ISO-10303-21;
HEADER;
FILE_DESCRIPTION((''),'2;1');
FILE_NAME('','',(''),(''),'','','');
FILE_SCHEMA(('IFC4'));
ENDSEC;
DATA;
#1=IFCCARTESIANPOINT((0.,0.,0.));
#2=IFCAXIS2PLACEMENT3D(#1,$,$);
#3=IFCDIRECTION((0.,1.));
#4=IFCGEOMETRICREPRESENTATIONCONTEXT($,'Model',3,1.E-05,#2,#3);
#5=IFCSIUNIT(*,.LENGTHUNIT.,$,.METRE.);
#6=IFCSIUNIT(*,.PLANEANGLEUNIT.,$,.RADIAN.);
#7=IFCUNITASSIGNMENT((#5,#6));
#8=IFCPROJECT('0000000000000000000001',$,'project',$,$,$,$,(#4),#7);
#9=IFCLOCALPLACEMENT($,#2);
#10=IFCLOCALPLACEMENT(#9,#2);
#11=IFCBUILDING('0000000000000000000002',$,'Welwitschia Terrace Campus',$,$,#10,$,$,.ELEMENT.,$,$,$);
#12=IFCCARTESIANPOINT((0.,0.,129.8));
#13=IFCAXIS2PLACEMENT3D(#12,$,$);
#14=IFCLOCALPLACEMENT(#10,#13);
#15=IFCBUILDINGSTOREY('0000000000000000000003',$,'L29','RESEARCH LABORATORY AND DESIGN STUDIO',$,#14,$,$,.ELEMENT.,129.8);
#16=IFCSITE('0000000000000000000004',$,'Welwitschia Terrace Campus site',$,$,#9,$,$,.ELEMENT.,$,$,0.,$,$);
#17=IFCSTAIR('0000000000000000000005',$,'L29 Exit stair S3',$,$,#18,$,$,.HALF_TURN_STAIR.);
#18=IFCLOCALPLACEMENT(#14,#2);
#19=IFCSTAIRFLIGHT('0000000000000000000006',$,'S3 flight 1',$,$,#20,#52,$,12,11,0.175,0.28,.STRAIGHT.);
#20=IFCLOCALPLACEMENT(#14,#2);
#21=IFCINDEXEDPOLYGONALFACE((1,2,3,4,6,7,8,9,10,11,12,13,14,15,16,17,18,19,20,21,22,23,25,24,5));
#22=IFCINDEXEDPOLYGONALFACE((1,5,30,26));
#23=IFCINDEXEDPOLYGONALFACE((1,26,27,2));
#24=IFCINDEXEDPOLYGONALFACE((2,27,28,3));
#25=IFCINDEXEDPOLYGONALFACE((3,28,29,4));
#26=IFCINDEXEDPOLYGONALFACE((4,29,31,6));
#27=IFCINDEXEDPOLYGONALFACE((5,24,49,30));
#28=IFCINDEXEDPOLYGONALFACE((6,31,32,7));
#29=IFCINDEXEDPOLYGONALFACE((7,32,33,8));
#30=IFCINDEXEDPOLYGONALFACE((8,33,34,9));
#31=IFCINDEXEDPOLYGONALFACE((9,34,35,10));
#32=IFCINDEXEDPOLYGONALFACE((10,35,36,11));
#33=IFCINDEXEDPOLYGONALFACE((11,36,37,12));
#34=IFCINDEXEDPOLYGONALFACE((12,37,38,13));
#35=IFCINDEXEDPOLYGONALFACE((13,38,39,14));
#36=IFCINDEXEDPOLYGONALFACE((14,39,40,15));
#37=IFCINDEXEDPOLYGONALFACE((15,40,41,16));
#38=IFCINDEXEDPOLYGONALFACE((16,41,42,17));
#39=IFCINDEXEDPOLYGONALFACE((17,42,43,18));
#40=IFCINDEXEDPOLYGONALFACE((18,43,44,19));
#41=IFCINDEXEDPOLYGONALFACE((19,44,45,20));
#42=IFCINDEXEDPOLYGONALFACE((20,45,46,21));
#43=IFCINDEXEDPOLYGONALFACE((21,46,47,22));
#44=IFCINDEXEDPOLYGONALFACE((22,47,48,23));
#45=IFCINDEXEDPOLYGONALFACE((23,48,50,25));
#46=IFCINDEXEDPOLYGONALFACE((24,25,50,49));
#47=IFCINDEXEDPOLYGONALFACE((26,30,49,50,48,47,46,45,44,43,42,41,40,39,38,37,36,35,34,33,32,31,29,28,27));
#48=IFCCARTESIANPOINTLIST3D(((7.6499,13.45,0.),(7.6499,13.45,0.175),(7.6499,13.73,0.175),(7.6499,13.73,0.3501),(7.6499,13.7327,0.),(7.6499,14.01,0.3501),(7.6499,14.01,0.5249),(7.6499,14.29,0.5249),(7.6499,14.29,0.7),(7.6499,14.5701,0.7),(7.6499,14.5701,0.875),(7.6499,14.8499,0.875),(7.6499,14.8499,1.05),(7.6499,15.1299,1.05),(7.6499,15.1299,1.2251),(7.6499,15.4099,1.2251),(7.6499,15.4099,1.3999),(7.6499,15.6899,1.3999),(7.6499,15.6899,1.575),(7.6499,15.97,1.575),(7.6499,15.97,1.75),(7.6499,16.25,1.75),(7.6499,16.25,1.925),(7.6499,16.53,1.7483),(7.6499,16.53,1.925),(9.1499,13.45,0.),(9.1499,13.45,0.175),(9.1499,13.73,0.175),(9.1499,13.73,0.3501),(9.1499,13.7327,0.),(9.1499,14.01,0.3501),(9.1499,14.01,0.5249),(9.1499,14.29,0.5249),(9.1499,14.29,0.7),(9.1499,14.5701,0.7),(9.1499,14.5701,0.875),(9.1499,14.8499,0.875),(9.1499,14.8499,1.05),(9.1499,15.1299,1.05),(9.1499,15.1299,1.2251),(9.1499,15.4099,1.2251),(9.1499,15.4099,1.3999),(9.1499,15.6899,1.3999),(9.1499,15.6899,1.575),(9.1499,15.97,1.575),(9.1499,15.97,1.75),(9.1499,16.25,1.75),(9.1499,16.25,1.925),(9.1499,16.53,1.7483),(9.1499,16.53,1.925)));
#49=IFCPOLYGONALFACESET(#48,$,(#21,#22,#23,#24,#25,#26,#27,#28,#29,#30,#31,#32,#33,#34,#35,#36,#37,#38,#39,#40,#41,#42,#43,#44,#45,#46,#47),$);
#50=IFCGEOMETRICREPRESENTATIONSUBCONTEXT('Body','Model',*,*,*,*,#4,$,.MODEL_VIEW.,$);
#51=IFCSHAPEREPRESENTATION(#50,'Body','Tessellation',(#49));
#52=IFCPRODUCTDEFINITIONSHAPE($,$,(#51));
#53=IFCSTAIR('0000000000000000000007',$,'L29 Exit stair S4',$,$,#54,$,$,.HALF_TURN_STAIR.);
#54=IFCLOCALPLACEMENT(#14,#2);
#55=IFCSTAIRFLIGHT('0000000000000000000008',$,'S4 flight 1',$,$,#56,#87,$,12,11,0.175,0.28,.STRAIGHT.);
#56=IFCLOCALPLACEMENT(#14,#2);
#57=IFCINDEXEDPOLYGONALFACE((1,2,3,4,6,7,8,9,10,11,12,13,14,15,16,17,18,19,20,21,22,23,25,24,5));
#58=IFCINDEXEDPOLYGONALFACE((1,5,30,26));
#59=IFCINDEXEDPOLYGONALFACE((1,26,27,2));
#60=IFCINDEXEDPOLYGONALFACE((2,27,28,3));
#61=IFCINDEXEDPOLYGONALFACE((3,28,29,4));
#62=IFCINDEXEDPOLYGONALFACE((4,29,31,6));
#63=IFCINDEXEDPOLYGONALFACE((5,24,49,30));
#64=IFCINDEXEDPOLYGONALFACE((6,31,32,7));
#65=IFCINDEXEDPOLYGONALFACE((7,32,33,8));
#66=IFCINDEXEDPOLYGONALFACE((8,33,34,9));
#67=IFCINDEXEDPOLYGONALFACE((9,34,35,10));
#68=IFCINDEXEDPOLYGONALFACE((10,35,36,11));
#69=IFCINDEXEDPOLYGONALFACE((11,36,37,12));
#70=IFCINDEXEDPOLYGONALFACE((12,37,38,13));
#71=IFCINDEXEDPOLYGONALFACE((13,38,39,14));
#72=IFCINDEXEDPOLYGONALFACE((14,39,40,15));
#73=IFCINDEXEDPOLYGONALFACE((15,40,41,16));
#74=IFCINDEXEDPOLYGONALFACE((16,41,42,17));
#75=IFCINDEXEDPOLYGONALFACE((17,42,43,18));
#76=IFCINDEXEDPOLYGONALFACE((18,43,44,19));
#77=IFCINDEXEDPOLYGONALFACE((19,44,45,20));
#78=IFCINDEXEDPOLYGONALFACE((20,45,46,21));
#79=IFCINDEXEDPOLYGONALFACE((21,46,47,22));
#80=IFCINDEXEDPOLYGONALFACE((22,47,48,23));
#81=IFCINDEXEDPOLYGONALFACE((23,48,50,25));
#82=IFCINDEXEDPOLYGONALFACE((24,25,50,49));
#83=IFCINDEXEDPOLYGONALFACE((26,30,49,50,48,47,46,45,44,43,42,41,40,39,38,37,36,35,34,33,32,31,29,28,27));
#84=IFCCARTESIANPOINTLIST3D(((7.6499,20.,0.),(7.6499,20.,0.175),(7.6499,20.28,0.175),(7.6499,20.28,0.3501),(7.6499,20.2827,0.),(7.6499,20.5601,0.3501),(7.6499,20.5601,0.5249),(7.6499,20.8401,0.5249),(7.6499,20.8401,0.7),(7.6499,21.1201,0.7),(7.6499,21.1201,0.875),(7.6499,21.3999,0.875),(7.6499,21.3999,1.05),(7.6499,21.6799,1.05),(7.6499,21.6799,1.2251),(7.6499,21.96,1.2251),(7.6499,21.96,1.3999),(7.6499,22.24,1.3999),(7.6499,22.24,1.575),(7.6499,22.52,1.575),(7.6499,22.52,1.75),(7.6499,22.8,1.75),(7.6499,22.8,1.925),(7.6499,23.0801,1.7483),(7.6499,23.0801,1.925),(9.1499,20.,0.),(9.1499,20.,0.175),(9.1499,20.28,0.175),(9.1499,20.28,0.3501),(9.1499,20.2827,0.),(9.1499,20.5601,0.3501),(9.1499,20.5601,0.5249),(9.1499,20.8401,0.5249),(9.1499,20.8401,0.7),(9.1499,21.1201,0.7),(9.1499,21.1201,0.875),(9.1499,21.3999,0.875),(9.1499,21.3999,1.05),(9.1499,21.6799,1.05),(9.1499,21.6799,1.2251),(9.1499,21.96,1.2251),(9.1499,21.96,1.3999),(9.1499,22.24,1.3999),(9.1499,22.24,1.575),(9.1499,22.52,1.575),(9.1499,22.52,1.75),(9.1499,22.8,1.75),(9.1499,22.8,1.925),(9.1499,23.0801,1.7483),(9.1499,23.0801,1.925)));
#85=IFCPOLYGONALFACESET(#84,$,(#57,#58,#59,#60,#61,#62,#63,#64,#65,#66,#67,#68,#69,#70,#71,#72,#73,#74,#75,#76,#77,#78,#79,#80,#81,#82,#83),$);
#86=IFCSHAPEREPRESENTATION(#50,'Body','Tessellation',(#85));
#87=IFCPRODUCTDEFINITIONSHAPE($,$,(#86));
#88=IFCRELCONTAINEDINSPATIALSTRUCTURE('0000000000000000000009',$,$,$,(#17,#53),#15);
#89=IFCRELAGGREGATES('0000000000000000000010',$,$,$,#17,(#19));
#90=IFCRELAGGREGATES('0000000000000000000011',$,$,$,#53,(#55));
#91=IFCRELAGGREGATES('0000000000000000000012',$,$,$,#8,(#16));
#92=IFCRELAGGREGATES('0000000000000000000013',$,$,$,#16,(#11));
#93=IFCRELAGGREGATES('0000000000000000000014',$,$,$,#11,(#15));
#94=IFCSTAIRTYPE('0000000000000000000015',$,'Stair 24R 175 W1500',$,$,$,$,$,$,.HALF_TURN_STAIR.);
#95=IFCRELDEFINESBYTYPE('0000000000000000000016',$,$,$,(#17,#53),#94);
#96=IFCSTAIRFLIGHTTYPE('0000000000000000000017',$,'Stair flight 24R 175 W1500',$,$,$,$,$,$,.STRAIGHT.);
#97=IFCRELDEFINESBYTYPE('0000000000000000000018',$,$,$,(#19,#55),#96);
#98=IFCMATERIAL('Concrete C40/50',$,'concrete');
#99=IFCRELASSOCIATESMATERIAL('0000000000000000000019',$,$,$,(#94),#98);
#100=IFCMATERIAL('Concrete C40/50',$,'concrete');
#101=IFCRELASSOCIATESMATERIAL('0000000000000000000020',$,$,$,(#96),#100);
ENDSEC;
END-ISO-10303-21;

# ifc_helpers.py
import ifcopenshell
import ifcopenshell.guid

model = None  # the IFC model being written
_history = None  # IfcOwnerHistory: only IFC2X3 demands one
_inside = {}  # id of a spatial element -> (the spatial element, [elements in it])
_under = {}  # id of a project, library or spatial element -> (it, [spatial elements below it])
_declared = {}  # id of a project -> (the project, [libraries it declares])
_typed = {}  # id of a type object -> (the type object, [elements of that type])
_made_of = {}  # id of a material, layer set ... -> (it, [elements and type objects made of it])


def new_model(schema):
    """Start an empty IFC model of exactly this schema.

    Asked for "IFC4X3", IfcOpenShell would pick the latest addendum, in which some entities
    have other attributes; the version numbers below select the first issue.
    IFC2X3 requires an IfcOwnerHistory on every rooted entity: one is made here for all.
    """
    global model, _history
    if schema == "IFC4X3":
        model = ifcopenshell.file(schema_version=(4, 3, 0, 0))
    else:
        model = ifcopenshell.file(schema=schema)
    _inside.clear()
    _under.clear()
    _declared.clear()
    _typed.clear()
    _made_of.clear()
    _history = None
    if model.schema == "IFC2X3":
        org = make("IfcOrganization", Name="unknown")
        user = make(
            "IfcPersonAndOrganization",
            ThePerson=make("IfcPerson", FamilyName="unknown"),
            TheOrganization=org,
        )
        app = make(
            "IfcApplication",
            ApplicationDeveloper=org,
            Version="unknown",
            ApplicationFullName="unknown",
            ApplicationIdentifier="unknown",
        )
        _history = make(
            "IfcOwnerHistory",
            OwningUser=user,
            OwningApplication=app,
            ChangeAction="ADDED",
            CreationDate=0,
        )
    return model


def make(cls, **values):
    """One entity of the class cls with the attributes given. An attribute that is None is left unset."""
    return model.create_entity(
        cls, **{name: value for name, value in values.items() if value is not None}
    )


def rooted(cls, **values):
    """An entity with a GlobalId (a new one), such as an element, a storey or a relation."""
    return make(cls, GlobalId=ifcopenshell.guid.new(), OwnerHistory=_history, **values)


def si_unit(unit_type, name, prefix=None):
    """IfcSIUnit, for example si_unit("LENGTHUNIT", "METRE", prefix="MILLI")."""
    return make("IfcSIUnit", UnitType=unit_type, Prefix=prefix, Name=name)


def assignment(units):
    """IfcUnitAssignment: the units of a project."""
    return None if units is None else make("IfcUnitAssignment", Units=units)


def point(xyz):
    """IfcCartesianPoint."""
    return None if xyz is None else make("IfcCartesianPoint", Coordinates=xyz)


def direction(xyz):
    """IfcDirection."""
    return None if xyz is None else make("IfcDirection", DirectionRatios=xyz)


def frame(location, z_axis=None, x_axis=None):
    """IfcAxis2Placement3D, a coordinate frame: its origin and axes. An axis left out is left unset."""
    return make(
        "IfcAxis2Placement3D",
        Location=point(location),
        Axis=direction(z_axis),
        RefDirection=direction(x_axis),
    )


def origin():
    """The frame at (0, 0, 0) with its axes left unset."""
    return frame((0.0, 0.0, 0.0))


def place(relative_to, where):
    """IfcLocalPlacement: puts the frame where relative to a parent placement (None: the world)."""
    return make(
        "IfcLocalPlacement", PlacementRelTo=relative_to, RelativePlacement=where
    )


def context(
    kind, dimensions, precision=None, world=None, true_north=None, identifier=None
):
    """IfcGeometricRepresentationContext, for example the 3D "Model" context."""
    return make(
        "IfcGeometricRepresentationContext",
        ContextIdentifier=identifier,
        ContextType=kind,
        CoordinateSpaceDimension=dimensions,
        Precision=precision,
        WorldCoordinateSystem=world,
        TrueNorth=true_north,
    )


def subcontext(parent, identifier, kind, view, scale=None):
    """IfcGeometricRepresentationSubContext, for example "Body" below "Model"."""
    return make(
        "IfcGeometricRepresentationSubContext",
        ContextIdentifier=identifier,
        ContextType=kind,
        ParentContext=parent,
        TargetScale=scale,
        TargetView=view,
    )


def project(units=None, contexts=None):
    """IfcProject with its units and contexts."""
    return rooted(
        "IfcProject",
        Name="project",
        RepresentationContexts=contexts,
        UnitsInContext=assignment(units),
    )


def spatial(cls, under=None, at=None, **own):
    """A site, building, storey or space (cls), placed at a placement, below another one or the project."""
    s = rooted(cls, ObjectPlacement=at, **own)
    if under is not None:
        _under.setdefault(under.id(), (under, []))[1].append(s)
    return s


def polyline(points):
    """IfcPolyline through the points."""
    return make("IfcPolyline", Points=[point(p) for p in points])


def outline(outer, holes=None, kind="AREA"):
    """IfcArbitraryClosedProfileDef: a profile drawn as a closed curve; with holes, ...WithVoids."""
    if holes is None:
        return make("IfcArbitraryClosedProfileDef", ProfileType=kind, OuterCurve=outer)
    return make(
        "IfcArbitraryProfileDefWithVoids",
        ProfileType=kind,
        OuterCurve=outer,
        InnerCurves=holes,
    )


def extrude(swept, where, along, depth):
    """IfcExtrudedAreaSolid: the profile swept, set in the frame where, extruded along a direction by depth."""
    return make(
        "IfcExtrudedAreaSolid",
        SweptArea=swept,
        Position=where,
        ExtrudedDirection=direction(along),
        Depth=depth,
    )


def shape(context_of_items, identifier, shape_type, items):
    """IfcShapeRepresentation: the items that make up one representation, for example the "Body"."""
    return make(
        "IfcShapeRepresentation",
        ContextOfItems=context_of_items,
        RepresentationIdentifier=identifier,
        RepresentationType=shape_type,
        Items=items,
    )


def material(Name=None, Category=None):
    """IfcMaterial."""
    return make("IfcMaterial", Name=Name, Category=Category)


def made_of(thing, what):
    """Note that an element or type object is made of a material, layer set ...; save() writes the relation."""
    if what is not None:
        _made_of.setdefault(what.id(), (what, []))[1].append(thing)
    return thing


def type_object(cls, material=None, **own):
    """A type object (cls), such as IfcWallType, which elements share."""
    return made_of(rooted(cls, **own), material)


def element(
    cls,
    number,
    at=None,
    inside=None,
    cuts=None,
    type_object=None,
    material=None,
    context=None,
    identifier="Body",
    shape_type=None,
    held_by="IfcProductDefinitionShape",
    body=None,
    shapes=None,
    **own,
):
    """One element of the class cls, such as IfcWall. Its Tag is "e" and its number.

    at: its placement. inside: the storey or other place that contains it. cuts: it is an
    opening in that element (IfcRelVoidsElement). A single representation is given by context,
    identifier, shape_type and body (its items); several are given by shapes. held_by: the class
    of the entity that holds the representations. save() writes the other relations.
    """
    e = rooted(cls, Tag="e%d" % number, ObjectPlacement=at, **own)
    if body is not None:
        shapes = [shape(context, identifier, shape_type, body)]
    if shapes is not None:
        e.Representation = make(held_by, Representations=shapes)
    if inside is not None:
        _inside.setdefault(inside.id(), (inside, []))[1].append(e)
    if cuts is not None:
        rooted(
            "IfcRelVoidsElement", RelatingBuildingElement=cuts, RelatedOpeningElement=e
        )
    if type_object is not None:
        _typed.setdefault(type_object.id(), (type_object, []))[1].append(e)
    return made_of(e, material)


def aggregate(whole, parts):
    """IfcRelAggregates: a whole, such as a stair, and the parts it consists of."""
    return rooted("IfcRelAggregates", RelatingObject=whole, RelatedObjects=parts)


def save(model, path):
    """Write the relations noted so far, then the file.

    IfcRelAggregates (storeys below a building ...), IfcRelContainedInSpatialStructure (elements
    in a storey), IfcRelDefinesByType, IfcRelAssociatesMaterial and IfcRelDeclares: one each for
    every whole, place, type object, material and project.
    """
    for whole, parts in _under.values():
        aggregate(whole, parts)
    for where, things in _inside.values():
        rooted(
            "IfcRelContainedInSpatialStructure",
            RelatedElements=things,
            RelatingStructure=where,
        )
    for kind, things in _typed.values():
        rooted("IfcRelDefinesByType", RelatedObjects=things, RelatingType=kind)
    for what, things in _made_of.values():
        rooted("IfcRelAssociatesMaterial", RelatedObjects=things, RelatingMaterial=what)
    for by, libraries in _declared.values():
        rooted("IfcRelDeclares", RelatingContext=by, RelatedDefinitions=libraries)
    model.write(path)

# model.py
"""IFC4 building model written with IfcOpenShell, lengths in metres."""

from ifc_helpers import new_model, si_unit, direction, frame, origin, place, context, subcontext, project, spatial, polyline, outline, extrude, material, type_object, element, aggregate, save


model = new_model("IFC4")

# Units and contexts
model_context = context("Model", 3, precision=1e-05, world=origin(), true_north=direction((0.0, 1.0)))
body_context = subcontext(model_context, "Body", "Model", "MODEL_VIEW")
ifc_project = project(units=[si_unit("LENGTHUNIT", "METRE"), si_unit("PLANEANGLEUNIT", "RADIAN")], contexts=[model_context])

# Site, building, storey
site_placement = place(None, origin())
site = spatial("IfcSite", under=ifc_project, at=site_placement, Name="Welwitschia Terrace Campus site", CompositionType="ELEMENT", RefElevation=0.0)
building_placement = place(site_placement, origin())
building = spatial("IfcBuilding", under=site, at=building_placement, Name="Welwitschia Terrace Campus", CompositionType="ELEMENT")
storey_placement = place(building_placement, frame((0.0, 0.0, 129.8)))
storey = spatial("IfcBuildingStorey", under=building, at=storey_placement, Name="L29", Description="RESEARCH LABORATORY AND DESIGN STUDIO", CompositionType="ELEMENT", Elevation=129.8)

# Stairs, stair flights
ifc_material_1 = material(Name="Concrete C40/50", Category="concrete")
stair_type = type_object("IfcStairType", Name="Stair 24R 175 W1500", PredefinedType="HALF_TURN_STAIR", material=ifc_material_1)
stair_1_placement = place(storey_placement, origin())
stair_1 = element("IfcStair", 1, at=stair_1_placement, inside=storey, type_object=stair_type, Name="L29 Exit stair S3", PredefinedType="HALF_TURN_STAIR")
ifc_material_2 = material(Name="Concrete C40/50", Category="concrete")
stair_flight_type = type_object("IfcStairFlightType", Name="Stair flight 24R 175 W1500", PredefinedType="STRAIGHT", material=ifc_material_2)
stair_flight_1_placement = place(storey_placement, frame((8.3999, 13.45, 0.0), z_axis=(0.0, 0.0, 1.0), x_axis=(0.0, 1.0, 0.0)))
stair_flight_1 = element("IfcStairFlight", 2, at=stair_flight_1_placement, type_object=stair_flight_type, Name="S3 flight 1", NumberOfRisers=12, NumberOfTreads=11, PredefinedType="STRAIGHT", RiserHeight=0.175, TreadLength=0.28, context=body_context, shape_type="SweptSolid", body=[
    extrude(outline(polyline([(0.0, 0.0), (0.0, 0.175), (0.28, 0.175), (0.28, 0.3501), (0.5601, 0.3501), (0.5601, 0.5249), (0.8401, 0.5249), (0.8401, 0.7), (1.1201, 0.7), (1.1201, 0.875), (1.3999, 0.875), (1.3999, 1.05), (1.6799, 1.05), (1.6799, 1.2251), (1.96, 1.2251), (1.96, 1.3999), (2.24, 1.3999), (2.24, 1.575), (2.52, 1.575), (2.52, 1.75), (2.8, 1.75), (2.8, 1.925), (3.0801, 1.925), (3.0801, 2.1001), (3.0801, 1.7483), (0.2827, 0.0), (0.0, 0.0)])), frame((0.0, 0.75, 0.0), z_axis=(0.0, -1.0, 0.0), x_axis=(1.0, 0.0, 0.0)), (0.0, 0.0, 1.0), 1.5),
])
aggregate(stair_1, [stair_flight_1])
stair_2_placement = place(storey_placement, origin())
stair_2 = element("IfcStair", 3, at=stair_2_placement, inside=storey, type_object=stair_type, Name="L29 Exit stair S4", PredefinedType="HALF_TURN_STAIR")
stair_flight_2_placement = place(storey_placement, frame((8.3999, 20.0, 0.0), z_axis=(0.0, 0.0, 1.0), x_axis=(0.0, 1.0, 0.0)))
stair_flight_2 = element("IfcStairFlight", 4, at=stair_flight_2_placement, type_object=stair_flight_type, Name="S4 flight 1", NumberOfRisers=12, NumberOfTreads=11, PredefinedType="STRAIGHT", RiserHeight=0.175, TreadLength=0.28, context=body_context, shape_type="SweptSolid", body=[
    extrude(outline(polyline([(0.0, 0.0), (0.0, 0.175), (0.28, 0.175), (0.28, 0.3501), (0.5601, 0.3501), (0.5601, 0.5249), (0.8401, 0.5249), (0.8401, 0.7), (1.1201, 0.7), (1.1201, 0.875), (1.3999, 0.875), (1.3999, 1.05), (1.6799, 1.05), (1.6799, 1.2251), (1.96, 1.2251), (1.96, 1.3999), (2.24, 1.3999), (2.24, 1.575), (2.52, 1.575), (2.52, 1.75), (2.8, 1.75), (2.8, 1.925), (3.0801, 1.925), (3.0801, 2.1001), (3.0801, 1.7483), (0.2827, 0.0), (0.0, 0.0)])), frame((0.0, 0.75, 0.0), z_axis=(0.0, -1.0, 0.0), x_axis=(1.0, 0.0, 0.0)), (0.0, 0.0, 1.0), 1.5),
])
aggregate(stair_2, [stair_flight_2])

save(model, "model.ifc")
